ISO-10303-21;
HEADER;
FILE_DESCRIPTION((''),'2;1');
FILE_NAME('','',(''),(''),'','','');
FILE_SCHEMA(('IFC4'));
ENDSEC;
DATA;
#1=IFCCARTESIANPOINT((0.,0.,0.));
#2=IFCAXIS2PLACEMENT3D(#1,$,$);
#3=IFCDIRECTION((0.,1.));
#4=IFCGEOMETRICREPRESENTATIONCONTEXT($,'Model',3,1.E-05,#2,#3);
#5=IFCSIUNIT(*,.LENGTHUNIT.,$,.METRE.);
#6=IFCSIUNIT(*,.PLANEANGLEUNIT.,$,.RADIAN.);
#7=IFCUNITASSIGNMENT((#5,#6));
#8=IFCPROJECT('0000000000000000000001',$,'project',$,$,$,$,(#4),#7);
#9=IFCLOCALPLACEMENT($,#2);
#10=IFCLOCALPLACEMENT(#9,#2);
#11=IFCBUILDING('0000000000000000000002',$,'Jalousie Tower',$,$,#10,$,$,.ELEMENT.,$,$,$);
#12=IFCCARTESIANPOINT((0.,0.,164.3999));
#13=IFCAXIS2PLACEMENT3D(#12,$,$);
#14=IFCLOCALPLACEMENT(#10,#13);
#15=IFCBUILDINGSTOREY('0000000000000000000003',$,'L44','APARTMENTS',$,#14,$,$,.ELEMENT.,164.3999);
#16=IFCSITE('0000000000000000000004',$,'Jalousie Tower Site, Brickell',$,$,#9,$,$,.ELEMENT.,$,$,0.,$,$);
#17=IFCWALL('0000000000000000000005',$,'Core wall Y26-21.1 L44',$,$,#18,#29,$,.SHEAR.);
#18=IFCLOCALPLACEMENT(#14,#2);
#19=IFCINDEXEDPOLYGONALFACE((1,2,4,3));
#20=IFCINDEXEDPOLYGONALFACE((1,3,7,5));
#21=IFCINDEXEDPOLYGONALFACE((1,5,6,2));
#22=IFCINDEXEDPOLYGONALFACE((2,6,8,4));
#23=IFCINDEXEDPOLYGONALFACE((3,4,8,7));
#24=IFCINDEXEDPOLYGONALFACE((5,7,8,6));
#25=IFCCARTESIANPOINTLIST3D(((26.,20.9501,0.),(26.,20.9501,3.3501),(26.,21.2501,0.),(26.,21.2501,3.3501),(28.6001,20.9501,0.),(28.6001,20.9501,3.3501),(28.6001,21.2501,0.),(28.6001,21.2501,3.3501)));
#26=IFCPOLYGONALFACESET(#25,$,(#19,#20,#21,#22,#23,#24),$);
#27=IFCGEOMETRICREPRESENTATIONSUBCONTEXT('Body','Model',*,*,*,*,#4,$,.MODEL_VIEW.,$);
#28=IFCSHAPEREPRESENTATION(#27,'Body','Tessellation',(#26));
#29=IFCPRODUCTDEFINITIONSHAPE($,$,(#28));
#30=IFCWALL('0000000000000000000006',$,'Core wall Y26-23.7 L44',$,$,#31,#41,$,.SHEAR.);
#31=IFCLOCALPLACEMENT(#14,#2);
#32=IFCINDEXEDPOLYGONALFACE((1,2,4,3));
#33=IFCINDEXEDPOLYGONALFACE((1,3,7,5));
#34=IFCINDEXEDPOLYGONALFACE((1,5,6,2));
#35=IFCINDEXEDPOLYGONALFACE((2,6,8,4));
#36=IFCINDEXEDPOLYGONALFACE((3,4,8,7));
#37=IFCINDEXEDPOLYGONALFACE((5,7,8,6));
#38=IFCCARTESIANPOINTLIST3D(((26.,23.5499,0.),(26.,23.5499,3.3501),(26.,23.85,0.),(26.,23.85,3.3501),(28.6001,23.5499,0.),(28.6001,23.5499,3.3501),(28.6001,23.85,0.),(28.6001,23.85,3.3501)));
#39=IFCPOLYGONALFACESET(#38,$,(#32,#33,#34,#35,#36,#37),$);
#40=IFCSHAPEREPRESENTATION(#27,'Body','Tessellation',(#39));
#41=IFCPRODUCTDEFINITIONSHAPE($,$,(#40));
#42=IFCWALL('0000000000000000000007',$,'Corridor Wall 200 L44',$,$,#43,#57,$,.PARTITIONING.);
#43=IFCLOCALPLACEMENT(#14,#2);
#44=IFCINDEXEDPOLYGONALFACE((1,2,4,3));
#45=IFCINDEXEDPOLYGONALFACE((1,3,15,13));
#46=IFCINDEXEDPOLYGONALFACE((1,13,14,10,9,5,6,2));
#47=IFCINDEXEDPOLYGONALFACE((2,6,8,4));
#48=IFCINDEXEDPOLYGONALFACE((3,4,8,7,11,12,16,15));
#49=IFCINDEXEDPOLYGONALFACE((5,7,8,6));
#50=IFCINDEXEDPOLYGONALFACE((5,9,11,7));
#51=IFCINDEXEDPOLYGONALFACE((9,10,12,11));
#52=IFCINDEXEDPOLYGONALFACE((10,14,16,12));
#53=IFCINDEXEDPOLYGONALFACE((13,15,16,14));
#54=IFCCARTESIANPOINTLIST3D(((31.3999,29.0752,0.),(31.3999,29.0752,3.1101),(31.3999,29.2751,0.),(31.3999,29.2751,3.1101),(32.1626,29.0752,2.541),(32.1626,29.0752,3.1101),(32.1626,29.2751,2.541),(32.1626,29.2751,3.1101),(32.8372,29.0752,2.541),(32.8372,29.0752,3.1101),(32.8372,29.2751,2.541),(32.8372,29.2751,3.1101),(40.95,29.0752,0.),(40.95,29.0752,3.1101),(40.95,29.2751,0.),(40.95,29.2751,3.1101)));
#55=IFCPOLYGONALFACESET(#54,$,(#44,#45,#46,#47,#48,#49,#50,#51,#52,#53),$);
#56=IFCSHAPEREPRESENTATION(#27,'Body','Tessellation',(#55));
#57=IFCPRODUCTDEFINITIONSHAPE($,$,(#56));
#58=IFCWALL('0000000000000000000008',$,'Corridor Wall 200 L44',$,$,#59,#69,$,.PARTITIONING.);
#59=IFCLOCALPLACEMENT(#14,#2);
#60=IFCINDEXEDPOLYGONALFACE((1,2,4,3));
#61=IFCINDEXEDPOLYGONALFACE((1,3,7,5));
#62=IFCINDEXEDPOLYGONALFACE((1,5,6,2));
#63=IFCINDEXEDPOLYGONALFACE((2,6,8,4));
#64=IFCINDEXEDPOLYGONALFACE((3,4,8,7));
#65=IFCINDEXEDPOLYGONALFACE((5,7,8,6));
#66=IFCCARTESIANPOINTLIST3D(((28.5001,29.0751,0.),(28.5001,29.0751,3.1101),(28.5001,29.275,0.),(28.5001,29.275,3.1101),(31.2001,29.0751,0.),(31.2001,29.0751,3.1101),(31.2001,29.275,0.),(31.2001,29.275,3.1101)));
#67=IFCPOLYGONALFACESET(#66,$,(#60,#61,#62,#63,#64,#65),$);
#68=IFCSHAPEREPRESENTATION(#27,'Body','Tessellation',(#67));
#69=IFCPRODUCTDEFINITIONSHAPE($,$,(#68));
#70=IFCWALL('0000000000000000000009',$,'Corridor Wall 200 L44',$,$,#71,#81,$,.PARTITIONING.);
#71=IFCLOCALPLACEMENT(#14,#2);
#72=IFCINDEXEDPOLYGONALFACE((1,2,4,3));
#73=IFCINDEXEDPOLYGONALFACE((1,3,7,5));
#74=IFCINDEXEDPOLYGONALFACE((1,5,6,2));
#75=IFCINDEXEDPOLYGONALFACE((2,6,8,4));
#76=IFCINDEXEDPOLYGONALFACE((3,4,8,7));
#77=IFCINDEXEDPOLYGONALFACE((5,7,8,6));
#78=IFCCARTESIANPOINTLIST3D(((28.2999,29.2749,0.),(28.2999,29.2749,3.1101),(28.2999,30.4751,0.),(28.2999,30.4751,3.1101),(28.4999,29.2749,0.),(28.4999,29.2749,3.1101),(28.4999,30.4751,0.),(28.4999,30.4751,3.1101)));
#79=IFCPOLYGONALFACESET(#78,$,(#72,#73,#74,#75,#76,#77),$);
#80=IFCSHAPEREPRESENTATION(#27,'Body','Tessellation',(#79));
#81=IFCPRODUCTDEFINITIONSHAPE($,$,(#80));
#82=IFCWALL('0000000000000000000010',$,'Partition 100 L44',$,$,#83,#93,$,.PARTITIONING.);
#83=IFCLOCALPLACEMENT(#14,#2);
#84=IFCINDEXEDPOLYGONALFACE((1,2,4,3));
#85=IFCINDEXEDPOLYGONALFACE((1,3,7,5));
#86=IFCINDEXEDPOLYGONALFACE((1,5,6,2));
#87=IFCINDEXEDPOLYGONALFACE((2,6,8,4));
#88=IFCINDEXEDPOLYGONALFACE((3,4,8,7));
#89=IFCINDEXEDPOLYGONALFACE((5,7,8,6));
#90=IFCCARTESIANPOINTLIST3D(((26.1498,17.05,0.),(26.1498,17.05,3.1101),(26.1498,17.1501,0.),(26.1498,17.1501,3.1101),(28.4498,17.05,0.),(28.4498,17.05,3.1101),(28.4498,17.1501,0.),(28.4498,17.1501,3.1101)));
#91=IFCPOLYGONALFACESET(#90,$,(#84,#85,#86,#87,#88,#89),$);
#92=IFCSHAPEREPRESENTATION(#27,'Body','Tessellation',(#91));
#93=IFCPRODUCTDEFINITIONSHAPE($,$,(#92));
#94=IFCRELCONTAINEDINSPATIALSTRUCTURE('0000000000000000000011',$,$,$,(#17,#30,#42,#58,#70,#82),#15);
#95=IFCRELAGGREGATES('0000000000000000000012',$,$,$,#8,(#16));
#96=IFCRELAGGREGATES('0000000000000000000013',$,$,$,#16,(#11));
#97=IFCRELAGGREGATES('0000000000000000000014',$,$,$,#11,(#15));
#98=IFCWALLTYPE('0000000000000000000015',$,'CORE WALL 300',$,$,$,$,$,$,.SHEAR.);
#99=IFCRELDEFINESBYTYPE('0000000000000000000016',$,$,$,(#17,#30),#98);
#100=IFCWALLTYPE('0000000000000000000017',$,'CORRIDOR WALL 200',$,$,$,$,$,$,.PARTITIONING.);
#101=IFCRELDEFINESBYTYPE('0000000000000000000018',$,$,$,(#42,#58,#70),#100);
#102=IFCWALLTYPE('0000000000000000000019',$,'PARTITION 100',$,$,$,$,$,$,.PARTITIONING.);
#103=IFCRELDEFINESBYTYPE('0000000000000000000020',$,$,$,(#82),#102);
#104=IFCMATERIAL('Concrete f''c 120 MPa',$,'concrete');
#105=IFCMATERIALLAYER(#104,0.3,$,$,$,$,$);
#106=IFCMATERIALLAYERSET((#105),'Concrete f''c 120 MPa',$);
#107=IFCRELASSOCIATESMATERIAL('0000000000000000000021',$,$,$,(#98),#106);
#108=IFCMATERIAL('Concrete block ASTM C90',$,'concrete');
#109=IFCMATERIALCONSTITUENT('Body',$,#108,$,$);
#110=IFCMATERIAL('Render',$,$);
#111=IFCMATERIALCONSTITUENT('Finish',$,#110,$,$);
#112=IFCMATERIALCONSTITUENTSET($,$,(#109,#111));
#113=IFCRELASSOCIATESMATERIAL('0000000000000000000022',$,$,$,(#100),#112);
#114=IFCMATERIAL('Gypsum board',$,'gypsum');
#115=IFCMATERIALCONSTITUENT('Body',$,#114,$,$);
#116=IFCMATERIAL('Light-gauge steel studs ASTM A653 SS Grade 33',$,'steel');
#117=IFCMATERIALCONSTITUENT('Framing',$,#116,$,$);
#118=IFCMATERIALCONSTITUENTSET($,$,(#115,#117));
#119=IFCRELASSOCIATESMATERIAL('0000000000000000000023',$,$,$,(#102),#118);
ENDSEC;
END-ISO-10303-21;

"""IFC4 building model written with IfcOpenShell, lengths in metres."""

from ifc_helpers import new_model, si_unit, direction, frame, frame_2d, origin, place, context, subcontext, project, spatial, polyline, rectangle, outline, extrude, material, layer, layer_set, constituent, constituent_set, type_object, element, save


model = new_model("IFC4")

# Units and contexts
model_context = context("Model", 3, precision=1e-05, world=origin(), true_north=direction((0.0, 1.0)))
body_context = subcontext(model_context, "Body", "Model", "MODEL_VIEW")
ifc_project = project(units=[si_unit("LENGTHUNIT", "METRE"), si_unit("PLANEANGLEUNIT", "RADIAN")], contexts=[model_context])

# Site, building, storey
site_placement = place(None, origin())
site = spatial("IfcSite", under=ifc_project, at=site_placement, Name="Jalousie Tower Site, Brickell", CompositionType="ELEMENT", RefElevation=0.0)
building_placement = place(site_placement, origin())
building = spatial("IfcBuilding", under=site, at=building_placement, Name="Jalousie Tower", CompositionType="ELEMENT")
storey_placement = place(building_placement, frame((0.0, 0.0, 164.3999)))
storey = spatial("IfcBuildingStorey", under=building, at=storey_placement, Name="L44", Description="APARTMENTS", CompositionType="ELEMENT", Elevation=164.3999)

# Shared definitions
ifc_material_1 = material(Name="Concrete f'c 120 MPa", Category="concrete")
ifc_layer_1 = layer(ifc_material_1, 0.3)
ifc_layer_set_1 = layer_set([ifc_layer_1], Name="Concrete f'c 120 MPa")
wall_type_1 = type_object("IfcWallType", Name="CORE WALL 300", PredefinedType="SHEAR", material=ifc_layer_set_1)

# Walls
for number, where, z_axis, x_axis, name in (
    (1, (26.0, 21.1001, 0.0), (0.0, 0.0, 1.0), (1.0, 0.0, 0.0), "Core wall Y26-21.1 L44"),
    (2, (26.0, 23.7, 0.0), (0.0, 0.0, 1.0), (1.0, 0.0, 0.0), "Core wall Y26-23.7 L44"),
):
    element("IfcWall", number, at=place(storey_placement, frame(where, z_axis=z_axis, x_axis=x_axis)), inside=storey, type_object=wall_type_1, Name=name, PredefinedType="SHEAR", context=body_context, shape_type="SweptSolid", body=[
        extrude(rectangle(XDim=2.6001, YDim=0.3, at=frame_2d((1.3, 0.0))), origin(), (0.0, 0.0, 1.0), 3.3501),
    ])
ifc_material_2 = material(Name="Concrete block ASTM C90", Category="concrete")
ifc_constituent_1 = constituent(ifc_material_2, Name="Body")
ifc_material_3 = material(Name="Render")
ifc_constituent_2 = constituent(ifc_material_3, Name="Finish")
ifc_constituent_set_1 = constituent_set(constituents=[ifc_constituent_1, ifc_constituent_2])
wall_type_2 = type_object("IfcWallType", Name="CORRIDOR WALL 200", PredefinedType="PARTITIONING", material=ifc_constituent_set_1)
wall_1_placement = place(storey_placement, frame((31.3999, 29.175, 0.0), z_axis=(0.0, 0.0, 1.0), x_axis=(1.0, 0.0, 0.0)))
element("IfcWall", 3, at=wall_1_placement, inside=storey, type_object=wall_type_2, Name="Corridor Wall 200 L44", PredefinedType="PARTITIONING", context=body_context, shape_type="SweptSolid", body=[
    extrude(outline(polyline([(0.0, 0.0), (9.55, 0.0), (9.55, 3.1101), (1.4373, 3.1101), (1.4373, 2.541), (0.7627, 2.541), (0.7627, 3.1101), (0.0, 3.1101), (0.0, 0.0)])), frame((0.0, 0.1001, 0.0), z_axis=(0.0, -1.0, 0.0), x_axis=(1.0, 0.0, 0.0)), (0.0, 0.0, 1.0), 0.2),
])
wall_2_placement = place(storey_placement, frame((28.5, 29.175, 0.0), z_axis=(0.0, 0.0, 1.0), x_axis=(1.0, 0.0, 0.0)))
element("IfcWall", 4, at=wall_2_placement, inside=storey, type_object=wall_type_2, Name="Corridor Wall 200 L44", PredefinedType="PARTITIONING", context=body_context, shape_type="SweptSolid", body=[
    extrude(rectangle(XDim=2.7, YDim=0.2, at=frame_2d((1.3501, 0.0))), origin(), (0.0, 0.0, 1.0), 3.1101),
])
wall_3_placement = place(storey_placement, frame((28.3999, 29.2749, 0.0), z_axis=(0.0, 0.0, 1.0), x_axis=(0.0, 1.0, 0.0)))
element("IfcWall", 5, at=wall_3_placement, inside=storey, type_object=wall_type_2, Name="Corridor Wall 200 L44", PredefinedType="PARTITIONING", context=body_context, shape_type="SweptSolid", body=[
    extrude(rectangle(XDim=1.2002, YDim=0.2, at=frame_2d((0.6001, 0.0))), origin(), (0.0, 0.0, 1.0), 3.1101),
])
ifc_material_4 = material(Name="Gypsum board", Category="gypsum")
ifc_constituent_3 = constituent(ifc_material_4, Name="Body")
ifc_material_5 = material(Name="Light-gauge steel studs ASTM A653 SS Grade 33", Category="steel")
ifc_constituent_4 = constituent(ifc_material_5, Name="Framing")
ifc_constituent_set_2 = constituent_set(constituents=[ifc_constituent_3, ifc_constituent_4])
wall_type_3 = type_object("IfcWallType", Name="PARTITION 100", PredefinedType="PARTITIONING", material=ifc_constituent_set_2)
wall_4_placement = place(storey_placement, frame((26.1499, 17.1001, 0.0), z_axis=(0.0, 0.0, 1.0), x_axis=(1.0, 0.0, 0.0)))
element("IfcWall", 6, at=wall_4_placement, inside=storey, type_object=wall_type_3, Name="Partition 100 L44", PredefinedType="PARTITIONING", context=body_context, shape_type="SweptSolid", body=[
    extrude(rectangle(XDim=2.3, YDim=0.1001, at=frame_2d((1.1499, 0.0))), origin(), (0.0, 0.0, 1.0), 3.1101),
])

save(model, "model.ifc")
